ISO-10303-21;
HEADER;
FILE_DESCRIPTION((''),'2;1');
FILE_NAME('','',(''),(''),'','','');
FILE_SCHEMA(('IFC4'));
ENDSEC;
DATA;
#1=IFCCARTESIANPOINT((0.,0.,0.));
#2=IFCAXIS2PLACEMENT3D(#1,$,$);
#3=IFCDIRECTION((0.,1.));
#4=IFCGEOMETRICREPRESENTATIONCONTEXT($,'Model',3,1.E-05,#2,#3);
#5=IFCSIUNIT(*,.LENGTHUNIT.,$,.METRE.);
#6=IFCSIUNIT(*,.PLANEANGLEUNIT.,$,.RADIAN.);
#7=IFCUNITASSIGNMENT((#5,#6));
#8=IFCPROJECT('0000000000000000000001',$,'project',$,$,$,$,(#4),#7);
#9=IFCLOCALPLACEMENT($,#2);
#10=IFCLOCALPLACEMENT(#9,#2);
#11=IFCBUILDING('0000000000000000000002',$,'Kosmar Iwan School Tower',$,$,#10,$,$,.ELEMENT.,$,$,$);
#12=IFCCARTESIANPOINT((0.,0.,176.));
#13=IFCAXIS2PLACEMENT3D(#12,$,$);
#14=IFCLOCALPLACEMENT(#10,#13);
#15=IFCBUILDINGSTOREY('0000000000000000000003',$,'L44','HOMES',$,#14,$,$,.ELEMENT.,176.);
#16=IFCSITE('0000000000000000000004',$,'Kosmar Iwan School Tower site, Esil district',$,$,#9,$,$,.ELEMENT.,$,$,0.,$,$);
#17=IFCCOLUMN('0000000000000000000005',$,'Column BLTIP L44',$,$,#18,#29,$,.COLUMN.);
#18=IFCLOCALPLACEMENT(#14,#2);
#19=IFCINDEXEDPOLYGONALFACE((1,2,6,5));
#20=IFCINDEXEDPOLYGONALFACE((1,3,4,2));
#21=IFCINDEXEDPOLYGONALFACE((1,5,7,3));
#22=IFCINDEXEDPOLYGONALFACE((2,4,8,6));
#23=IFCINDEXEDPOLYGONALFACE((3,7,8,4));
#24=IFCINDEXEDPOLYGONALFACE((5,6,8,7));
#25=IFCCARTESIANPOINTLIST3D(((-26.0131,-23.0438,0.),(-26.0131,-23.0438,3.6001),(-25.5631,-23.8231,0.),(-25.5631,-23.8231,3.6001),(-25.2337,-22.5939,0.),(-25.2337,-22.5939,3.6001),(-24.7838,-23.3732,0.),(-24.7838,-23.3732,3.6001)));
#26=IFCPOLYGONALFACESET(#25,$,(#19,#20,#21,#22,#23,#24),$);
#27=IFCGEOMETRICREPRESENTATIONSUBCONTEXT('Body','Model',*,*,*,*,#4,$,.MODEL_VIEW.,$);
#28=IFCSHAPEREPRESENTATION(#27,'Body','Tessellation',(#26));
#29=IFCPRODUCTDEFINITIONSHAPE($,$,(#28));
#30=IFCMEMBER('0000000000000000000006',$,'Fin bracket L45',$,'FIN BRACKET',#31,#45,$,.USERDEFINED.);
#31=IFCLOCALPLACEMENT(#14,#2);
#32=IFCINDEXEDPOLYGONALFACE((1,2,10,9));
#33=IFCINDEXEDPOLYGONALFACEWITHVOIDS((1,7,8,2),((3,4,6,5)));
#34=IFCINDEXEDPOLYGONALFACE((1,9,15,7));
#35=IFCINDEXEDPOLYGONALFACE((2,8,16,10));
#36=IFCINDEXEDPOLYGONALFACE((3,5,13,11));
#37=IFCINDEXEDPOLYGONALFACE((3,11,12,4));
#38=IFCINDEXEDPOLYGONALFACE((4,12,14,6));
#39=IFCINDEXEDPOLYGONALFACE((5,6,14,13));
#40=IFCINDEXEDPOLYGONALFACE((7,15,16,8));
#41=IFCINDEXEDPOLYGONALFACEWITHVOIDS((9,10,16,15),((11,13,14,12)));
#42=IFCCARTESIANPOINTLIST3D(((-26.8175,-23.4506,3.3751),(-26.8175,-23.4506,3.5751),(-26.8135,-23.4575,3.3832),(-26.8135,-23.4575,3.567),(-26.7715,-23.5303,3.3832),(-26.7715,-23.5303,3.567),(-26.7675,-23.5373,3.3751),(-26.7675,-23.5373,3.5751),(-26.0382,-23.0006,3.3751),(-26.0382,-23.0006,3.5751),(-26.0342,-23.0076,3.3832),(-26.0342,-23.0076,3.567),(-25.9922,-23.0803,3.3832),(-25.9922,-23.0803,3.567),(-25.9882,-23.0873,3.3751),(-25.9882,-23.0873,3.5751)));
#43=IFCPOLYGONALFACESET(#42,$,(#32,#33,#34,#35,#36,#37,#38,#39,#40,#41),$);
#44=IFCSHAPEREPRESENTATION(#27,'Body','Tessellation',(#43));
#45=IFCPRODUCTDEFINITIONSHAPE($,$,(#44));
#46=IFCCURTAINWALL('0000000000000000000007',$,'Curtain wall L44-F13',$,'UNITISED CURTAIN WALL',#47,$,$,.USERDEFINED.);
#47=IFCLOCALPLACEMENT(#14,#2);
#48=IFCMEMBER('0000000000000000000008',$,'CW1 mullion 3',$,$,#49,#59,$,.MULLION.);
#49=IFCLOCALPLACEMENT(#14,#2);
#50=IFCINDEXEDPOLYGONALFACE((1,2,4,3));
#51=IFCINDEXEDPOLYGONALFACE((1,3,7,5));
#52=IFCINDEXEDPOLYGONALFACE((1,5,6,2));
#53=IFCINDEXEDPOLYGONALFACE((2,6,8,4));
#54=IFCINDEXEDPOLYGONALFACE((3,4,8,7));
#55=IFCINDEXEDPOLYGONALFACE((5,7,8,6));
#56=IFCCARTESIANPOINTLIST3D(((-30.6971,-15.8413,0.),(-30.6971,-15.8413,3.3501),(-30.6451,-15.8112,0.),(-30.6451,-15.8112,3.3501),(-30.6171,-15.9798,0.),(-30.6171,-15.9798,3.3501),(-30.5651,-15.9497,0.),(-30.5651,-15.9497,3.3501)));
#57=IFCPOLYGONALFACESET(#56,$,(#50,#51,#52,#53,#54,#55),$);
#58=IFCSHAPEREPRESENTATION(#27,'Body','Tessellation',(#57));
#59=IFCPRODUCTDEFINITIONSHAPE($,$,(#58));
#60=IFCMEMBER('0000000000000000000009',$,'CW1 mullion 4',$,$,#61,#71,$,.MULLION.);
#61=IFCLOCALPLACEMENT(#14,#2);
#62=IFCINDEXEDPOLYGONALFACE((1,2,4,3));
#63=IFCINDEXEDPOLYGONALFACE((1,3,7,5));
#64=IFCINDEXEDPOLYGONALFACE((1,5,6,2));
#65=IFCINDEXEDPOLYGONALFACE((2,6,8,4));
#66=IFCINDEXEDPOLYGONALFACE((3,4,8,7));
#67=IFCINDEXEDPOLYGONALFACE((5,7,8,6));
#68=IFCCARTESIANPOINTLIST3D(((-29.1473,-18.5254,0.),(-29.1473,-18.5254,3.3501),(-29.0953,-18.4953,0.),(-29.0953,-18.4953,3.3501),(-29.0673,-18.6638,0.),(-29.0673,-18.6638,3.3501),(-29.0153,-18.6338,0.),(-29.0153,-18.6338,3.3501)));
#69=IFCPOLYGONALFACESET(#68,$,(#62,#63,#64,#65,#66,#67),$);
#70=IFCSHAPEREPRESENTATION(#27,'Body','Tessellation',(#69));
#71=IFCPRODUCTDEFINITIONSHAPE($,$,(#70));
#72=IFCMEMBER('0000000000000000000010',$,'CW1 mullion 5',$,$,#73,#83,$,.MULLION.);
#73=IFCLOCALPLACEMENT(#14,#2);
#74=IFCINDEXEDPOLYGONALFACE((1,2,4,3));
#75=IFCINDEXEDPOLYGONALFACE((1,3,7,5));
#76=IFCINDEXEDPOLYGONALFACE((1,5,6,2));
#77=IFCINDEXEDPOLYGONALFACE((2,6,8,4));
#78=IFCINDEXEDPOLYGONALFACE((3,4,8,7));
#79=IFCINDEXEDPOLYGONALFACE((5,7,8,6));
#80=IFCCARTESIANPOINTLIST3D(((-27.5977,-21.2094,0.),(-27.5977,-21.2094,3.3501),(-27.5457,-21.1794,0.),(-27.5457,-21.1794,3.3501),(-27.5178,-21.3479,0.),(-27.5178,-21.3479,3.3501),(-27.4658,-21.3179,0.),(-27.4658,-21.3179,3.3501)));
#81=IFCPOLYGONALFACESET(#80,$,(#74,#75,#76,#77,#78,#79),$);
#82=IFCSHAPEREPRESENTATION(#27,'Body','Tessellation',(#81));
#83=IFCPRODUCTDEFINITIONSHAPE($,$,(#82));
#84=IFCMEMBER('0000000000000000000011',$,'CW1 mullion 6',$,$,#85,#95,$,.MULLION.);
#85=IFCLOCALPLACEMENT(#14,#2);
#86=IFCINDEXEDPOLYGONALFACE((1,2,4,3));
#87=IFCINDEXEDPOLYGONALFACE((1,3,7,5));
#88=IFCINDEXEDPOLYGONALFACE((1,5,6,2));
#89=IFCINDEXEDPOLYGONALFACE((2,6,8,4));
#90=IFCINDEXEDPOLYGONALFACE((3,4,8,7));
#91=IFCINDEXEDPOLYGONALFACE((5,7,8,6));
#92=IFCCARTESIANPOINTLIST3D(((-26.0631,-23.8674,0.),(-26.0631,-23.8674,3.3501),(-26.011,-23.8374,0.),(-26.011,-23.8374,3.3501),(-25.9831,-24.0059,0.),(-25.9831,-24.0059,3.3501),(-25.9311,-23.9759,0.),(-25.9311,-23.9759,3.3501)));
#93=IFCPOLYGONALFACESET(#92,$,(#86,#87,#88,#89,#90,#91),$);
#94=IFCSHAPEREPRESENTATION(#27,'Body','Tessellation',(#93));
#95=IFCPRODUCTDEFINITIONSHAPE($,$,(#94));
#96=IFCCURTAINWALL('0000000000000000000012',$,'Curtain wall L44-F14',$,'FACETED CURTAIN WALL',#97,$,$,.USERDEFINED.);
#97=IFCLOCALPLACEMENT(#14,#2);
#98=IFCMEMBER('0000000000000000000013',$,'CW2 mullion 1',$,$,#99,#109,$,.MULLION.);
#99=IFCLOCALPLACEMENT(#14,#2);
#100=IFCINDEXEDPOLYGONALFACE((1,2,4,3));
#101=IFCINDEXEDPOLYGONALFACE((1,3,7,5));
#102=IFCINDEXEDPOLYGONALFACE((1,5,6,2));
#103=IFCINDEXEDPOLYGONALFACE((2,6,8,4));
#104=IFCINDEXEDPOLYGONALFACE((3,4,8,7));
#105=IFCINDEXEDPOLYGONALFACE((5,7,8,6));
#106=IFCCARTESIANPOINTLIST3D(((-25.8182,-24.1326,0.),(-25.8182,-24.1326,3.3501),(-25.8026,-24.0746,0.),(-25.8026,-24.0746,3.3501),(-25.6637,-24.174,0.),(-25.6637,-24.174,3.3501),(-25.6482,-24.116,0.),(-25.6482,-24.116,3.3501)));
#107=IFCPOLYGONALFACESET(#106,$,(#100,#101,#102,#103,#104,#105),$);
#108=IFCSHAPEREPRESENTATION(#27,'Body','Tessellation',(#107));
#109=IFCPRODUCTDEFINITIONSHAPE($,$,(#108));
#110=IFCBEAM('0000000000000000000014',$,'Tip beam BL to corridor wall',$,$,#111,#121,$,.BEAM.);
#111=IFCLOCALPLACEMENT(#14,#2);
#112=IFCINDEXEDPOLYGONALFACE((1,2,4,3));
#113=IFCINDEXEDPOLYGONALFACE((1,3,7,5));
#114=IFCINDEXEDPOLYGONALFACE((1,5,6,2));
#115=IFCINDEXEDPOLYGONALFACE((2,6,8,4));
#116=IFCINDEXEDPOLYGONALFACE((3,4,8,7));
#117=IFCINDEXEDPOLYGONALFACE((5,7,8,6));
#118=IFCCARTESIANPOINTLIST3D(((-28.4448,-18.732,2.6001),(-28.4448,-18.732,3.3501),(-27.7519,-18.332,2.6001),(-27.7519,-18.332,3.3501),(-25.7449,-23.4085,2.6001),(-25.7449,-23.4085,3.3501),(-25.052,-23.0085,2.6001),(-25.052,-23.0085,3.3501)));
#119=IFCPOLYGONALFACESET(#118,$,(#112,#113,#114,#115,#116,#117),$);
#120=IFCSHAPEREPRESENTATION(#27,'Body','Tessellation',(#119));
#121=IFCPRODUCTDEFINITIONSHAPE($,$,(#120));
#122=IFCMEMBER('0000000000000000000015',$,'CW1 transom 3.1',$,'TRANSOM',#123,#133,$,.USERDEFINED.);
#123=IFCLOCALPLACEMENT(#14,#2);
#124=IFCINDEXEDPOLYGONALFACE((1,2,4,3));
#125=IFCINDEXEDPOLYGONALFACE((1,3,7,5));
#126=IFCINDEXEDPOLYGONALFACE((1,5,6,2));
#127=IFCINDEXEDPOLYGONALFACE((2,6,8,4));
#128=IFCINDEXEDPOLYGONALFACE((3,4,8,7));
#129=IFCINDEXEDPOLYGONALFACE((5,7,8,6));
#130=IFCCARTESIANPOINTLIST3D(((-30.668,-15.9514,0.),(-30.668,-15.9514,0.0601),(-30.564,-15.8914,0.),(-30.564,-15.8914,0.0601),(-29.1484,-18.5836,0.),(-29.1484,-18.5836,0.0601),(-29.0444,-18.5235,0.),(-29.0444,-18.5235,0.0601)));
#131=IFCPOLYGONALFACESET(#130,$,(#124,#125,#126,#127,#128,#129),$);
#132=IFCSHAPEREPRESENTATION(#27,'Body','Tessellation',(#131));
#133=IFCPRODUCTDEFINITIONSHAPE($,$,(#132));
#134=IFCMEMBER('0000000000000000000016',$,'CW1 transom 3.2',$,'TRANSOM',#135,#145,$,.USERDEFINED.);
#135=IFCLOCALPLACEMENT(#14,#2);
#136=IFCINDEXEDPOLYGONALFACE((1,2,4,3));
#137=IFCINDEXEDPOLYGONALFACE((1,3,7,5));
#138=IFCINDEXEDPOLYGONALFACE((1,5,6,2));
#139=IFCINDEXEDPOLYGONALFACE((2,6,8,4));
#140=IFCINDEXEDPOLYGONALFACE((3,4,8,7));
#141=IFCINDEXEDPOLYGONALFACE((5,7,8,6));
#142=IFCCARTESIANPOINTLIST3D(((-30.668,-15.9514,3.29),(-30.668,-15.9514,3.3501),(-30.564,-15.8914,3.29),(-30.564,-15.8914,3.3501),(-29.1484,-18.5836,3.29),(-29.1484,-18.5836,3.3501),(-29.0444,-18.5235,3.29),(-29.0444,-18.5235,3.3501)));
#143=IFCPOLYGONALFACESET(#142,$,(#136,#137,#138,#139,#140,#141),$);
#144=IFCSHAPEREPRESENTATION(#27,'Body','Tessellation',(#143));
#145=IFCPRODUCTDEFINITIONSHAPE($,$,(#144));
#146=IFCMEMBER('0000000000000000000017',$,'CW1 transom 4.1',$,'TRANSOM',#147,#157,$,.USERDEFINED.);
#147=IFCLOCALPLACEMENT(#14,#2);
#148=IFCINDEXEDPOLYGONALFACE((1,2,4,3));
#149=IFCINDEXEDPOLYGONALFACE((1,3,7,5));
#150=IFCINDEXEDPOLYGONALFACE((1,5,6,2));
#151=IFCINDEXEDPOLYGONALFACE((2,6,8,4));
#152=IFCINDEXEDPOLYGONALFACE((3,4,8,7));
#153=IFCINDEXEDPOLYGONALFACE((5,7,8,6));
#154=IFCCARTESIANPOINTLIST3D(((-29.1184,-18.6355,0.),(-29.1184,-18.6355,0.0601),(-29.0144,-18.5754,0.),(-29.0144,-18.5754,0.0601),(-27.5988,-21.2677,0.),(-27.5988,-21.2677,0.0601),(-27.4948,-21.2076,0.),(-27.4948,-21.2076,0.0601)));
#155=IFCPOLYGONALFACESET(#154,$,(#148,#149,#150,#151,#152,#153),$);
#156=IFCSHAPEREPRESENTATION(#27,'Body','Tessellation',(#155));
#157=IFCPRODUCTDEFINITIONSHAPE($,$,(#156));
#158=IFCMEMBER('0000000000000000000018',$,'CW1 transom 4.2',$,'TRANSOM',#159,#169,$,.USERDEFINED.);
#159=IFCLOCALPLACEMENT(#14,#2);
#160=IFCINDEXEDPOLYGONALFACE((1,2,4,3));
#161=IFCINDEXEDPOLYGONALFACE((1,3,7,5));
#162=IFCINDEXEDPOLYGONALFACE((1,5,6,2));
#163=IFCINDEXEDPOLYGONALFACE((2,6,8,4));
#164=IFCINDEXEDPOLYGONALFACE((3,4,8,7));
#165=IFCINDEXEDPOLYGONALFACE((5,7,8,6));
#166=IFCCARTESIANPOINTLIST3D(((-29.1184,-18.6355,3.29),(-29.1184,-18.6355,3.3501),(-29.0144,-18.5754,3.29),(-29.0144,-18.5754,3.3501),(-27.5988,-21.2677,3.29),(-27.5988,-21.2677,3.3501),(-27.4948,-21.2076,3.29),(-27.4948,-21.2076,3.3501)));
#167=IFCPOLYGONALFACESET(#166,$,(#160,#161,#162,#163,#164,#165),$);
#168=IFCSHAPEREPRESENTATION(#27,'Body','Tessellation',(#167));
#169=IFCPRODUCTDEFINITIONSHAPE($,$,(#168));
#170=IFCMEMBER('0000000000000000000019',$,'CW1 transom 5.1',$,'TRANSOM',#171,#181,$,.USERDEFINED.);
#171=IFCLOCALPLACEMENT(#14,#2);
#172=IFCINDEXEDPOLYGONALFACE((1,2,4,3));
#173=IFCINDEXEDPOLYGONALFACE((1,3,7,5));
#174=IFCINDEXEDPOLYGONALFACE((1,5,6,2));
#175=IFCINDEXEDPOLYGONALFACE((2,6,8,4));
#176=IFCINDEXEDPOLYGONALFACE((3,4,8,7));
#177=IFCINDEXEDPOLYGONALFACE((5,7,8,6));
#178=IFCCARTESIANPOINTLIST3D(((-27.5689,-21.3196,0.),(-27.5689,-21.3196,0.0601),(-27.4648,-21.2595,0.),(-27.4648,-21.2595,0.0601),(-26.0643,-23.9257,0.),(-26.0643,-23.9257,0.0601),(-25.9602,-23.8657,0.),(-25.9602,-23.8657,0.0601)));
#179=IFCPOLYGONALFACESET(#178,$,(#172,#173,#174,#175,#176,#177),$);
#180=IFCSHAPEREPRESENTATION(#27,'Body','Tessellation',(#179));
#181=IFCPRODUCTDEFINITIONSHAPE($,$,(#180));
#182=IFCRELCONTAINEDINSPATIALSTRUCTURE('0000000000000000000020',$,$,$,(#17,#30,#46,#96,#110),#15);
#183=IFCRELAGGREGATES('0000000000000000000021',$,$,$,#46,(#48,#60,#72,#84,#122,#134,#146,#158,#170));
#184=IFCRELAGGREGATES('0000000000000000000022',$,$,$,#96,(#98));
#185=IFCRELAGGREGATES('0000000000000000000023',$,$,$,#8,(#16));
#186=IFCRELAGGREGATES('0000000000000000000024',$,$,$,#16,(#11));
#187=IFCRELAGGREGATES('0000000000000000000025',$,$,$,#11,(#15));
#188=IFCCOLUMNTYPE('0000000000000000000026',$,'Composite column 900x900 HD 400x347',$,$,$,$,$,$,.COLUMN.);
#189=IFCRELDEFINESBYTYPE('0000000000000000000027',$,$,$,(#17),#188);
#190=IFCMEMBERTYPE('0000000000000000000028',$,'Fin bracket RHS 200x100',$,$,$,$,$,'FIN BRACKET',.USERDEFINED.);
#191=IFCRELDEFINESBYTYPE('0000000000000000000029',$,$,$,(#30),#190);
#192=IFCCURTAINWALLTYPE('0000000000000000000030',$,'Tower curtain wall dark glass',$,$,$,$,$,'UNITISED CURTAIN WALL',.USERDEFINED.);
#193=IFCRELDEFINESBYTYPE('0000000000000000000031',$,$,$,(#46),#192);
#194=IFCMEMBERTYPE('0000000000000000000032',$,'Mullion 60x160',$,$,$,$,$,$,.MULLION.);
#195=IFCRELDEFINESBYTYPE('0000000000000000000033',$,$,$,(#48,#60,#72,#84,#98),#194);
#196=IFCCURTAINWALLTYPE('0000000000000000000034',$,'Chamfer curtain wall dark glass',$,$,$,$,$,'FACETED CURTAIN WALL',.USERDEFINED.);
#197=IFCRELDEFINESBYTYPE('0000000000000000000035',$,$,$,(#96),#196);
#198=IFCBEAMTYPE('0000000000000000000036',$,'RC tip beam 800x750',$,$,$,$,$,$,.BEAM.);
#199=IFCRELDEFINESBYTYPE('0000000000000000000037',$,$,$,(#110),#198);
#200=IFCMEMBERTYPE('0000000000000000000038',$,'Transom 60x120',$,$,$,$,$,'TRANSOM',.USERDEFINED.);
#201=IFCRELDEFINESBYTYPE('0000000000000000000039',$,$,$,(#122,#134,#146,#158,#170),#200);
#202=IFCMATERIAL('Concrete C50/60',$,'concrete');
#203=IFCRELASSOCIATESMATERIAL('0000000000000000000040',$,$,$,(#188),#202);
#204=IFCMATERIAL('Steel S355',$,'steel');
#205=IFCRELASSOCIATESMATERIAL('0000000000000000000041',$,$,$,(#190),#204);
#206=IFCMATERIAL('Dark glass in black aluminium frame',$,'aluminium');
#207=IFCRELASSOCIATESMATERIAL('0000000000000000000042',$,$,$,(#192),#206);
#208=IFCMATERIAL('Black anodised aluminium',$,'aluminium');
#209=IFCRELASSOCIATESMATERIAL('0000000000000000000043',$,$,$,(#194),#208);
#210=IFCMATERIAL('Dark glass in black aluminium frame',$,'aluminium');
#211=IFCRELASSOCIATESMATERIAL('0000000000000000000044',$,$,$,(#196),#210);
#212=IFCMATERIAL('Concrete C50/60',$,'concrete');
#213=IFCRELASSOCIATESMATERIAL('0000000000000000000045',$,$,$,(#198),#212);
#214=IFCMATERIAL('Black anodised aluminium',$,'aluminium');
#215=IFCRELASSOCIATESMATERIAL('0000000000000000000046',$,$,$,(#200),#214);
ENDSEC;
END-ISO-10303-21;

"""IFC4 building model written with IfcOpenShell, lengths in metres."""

from ifc_helpers import new_model, si_unit, direction, frame, origin, origin_2d, place, context, subcontext, project, spatial, rectangle, hollow_rectangle, extrude, material, material_profile, profile_set, type_object, element, aggregate, save


model = new_model("IFC4")

# Units and contexts
model_context = context("Model", 3, precision=1e-05, world=origin(), true_north=direction((0.0, 1.0)))
body_context = subcontext(model_context, "Body", "Model", "MODEL_VIEW")
ifc_project = project(units=[si_unit("LENGTHUNIT", "METRE"), si_unit("PLANEANGLEUNIT", "RADIAN")], contexts=[model_context])

# Site, building, storey
site_placement = place(None, origin())
site = spatial("IfcSite", under=ifc_project, at=site_placement, Name="Kosmar Iwan School Tower site, Esil district", CompositionType="ELEMENT", RefElevation=0.0)
building_placement = place(site_placement, origin())
building = spatial("IfcBuilding", under=site, at=building_placement, Name="Kosmar Iwan School Tower", CompositionType="ELEMENT")
storey_placement = place(building_placement, frame((0.0, 0.0, 176.0)))
storey = spatial("IfcBuildingStorey", under=building, at=storey_placement, Name="L44", Description="HOMES", CompositionType="ELEMENT", Elevation=176.0)

# Column
ifc_material_1 = material(Name="Concrete C50/60", Category="concrete")
ifc_material_profile_1 = material_profile(ifc_material_1, rectangle(XDim=0.8999, YDim=0.8999, at=origin_2d()), Name="RC 900x900 + HD 400x347")
ifc_profile_set_1 = profile_set([ifc_material_profile_1], Name="Concrete C50/60")
column_type = type_object("IfcColumnType", Name="Composite column 900x900 HD 400x347", PredefinedType="COLUMN", material=ifc_profile_set_1)
column_placement = place(storey_placement, frame((-25.3984, -23.2085, 0.0), z_axis=(0.0, 0.0, 1.0), x_axis=(-0.866025, -0.5, 0.0)))
element("IfcColumn", 1, at=column_placement, inside=storey, type_object=column_type, Name="Column BLTIP L44", PredefinedType="COLUMN", context=body_context, shape_type="SweptSolid", body=[
    extrude(rectangle(XDim=0.8999, YDim=0.8999, at=origin_2d()), origin(), (0.0, 0.0, 1.0), 3.6001),
])

# Member
ifc_material_2 = material(Name="Steel S355", Category="steel")
ifc_material_profile_2 = material_profile(ifc_material_2, hollow_rectangle(XDim=0.1001, YDim=0.2, WallThickness=0.0081, at=origin_2d()), Name="RHS 200x100x8")
ifc_profile_set_2 = profile_set([ifc_material_profile_2], Name="Steel S355")
member_type_1 = type_object("IfcMemberType", Name="Fin bracket RHS 200x100", ElementType="FIN BRACKET", PredefinedType="USERDEFINED", material=ifc_profile_set_2)
member_1_placement = place(storey_placement, frame((-26.0132, -23.0439, 3.4751), z_axis=(-0.866014, -0.50002, 0.0), x_axis=(0.50002, -0.866014, 0.0)))
element("IfcMember", 2, at=member_1_placement, inside=storey, type_object=member_type_1, Name="Fin bracket L45", ObjectType="FIN BRACKET", PredefinedType="USERDEFINED", context=body_context, shape_type="SweptSolid", body=[
    extrude(hollow_rectangle(XDim=0.1001, YDim=0.2, WallThickness=0.0081, at=origin_2d()), origin(), (0.0, 0.0, 1.0), 0.8999),
])

# Curtain wall, members
ifc_material_3 = material(Name="Dark glass in black aluminium frame", Category="aluminium")
curtain_wall_type_1 = type_object("IfcCurtainWallType", Name="Tower curtain wall dark glass", ElementType="UNITISED CURTAIN WALL", PredefinedType="USERDEFINED", material=ifc_material_3)
curtain_wall_1_placement = place(storey_placement, origin())
curtain_wall_1 = element("IfcCurtainWall", 3, at=curtain_wall_1_placement, inside=storey, type_object=curtain_wall_type_1, Name="Curtain wall L44-F13", ObjectType="UNITISED CURTAIN WALL", PredefinedType="USERDEFINED")
ifc_material_4 = material(Name="Black anodised aluminium", Category="aluminium")
ifc_material_profile_3 = material_profile(ifc_material_4, rectangle(XDim=0.0601, YDim=0.1599, at=origin_2d()), Name="MULLION 60x160")
ifc_profile_set_3 = profile_set([ifc_material_profile_3], Name="Black anodised aluminium")
member_type_2 = type_object("IfcMemberType", Name="Mullion 60x160", PredefinedType="MULLION", material=ifc_profile_set_3)
member_2_placement = place(storey_placement, frame((-30.6311, -15.8955, 0.0), z_axis=(0.0, 0.0, 1.0), x_axis=(0.866025, 0.5, 0.0)))
member_2 = element("IfcMember", 4, at=member_2_placement, type_object=member_type_2, Name="CW1 mullion 3", PredefinedType="MULLION", context=body_context, shape_type="SweptSolid", body=[
    extrude(rectangle(XDim=0.0601, YDim=0.1599, at=origin_2d()), origin(), (0.0, 0.0, 1.0), 3.3501),
])
member_3_placement = place(storey_placement, frame((-29.0813, -18.5796, 0.0), z_axis=(0.0, 0.0, 1.0), x_axis=(0.866025, 0.5, 0.0)))
member_3 = element("IfcMember", 5, at=member_3_placement, type_object=member_type_2, Name="CW1 mullion 4", PredefinedType="MULLION", context=body_context, shape_type="SweptSolid", body=[
    extrude(rectangle(XDim=0.0601, YDim=0.1599, at=origin_2d()), origin(), (0.0, 0.0, 1.0), 3.3501),
])
member_4_placement = place(storey_placement, frame((-27.5317, -21.2637, 0.0), z_axis=(0.0, 0.0, 1.0), x_axis=(0.866025, 0.5, 0.0)))
member_4 = element("IfcMember", 6, at=member_4_placement, type_object=member_type_2, Name="CW1 mullion 5", PredefinedType="MULLION", context=body_context, shape_type="SweptSolid", body=[
    extrude(rectangle(XDim=0.0601, YDim=0.1599, at=origin_2d()), origin(), (0.0, 0.0, 1.0), 3.3501),
])
member_5_placement = place(storey_placement, frame((-25.9971, -23.9216, 0.0), z_axis=(0.0, 0.0, 1.0), x_axis=(0.866025, 0.5, 0.0)))
member_5 = element("IfcMember", 7, at=member_5_placement, type_object=member_type_2, Name="CW1 mullion 6", PredefinedType="MULLION", context=body_context, shape_type="SweptSolid", body=[
    extrude(rectangle(XDim=0.0601, YDim=0.1599, at=origin_2d()), origin(), (0.0, 0.0, 1.0), 3.3501),
])

# Curtain wall, member
ifc_material_5 = material(Name="Dark glass in black aluminium frame", Category="aluminium")
curtain_wall_type_2 = type_object("IfcCurtainWallType", Name="Chamfer curtain wall dark glass", ElementType="FACETED CURTAIN WALL", PredefinedType="USERDEFINED", material=ifc_material_5)
curtain_wall_2_placement = place(storey_placement, origin())
curtain_wall_2 = element("IfcCurtainWall", 8, at=curtain_wall_2_placement, inside=storey, type_object=curtain_wall_type_2, Name="Curtain wall L44-F14", ObjectType="FACETED CURTAIN WALL", PredefinedType="USERDEFINED")
member_6_placement = place(storey_placement, frame((-25.7332, -24.1243, 0.0), z_axis=(0.0, 0.0, 1.0), x_axis=(0.258819, 0.965926, 0.0)))
member_6 = element("IfcMember", 9, at=member_6_placement, type_object=member_type_2, Name="CW2 mullion 1", PredefinedType="MULLION", context=body_context, shape_type="SweptSolid", body=[
    extrude(rectangle(XDim=0.0601, YDim=0.1599, at=origin_2d()), origin(), (0.0, 0.0, 1.0), 3.3501),
])

# Beam
ifc_material_6 = material(Name="Concrete C50/60", Category="concrete")
ifc_material_profile_4 = material_profile(ifc_material_6, rectangle(XDim=0.8, YDim=0.75, at=origin_2d()), Name="RC 800x750")
ifc_profile_set_4 = profile_set([ifc_material_profile_4], Name="Concrete C50/60")
beam_type = type_object("IfcBeamType", Name="RC tip beam 800x750", PredefinedType="BEAM", material=ifc_profile_set_4)
beam_placement = place(storey_placement, frame((-25.3984, -23.2085, 2.9751), z_axis=(-0.499995, 0.866028, 0.0), x_axis=(-0.866028, -0.499995, 0.0)))
element("IfcBeam", 10, at=beam_placement, inside=storey, type_object=beam_type, Name="Tip beam BL to corridor wall", PredefinedType="BEAM", context=body_context, shape_type="SweptSolid", body=[
    extrude(rectangle(XDim=0.8, YDim=0.75, at=origin_2d()), origin(), (0.0, 0.0, 1.0), 5.3999),
])

# Members
ifc_material_7 = material(Name="Black anodised aluminium", Category="aluminium")
ifc_material_profile_5 = material_profile(ifc_material_7, rectangle(XDim=0.1201, YDim=0.0601, at=origin_2d()), Name="TRANSOM 60x120")
ifc_profile_set_5 = profile_set([ifc_material_profile_5], Name="Black anodised aluminium")
member_type_3 = type_object("IfcMemberType", Name="Transom 60x120", ElementType="TRANSOM", PredefinedType="USERDEFINED", material=ifc_profile_set_5)
member_7_placement = place(storey_placement, frame((-30.616, -15.9214, 0.03), z_axis=(0.499975, -0.86604, 0.0), x_axis=(0.86604, 0.499975, 0.0)))
member_7 = element("IfcMember", 11, at=member_7_placement, type_object=member_type_3, Name="CW1 transom 3.1", ObjectType="TRANSOM", PredefinedType="USERDEFINED", context=body_context, shape_type="SweptSolid", body=[
    extrude(rectangle(XDim=0.1201, YDim=0.0601, at=origin_2d()), origin(), (0.0, 0.0, 1.0), 3.0393),
])
member_8_placement = place(storey_placement, frame((-30.616, -15.9214, 3.3201), z_axis=(0.499975, -0.86604, 0.0), x_axis=(0.86604, 0.499975, 0.0)))
member_8 = element("IfcMember", 12, at=member_8_placement, type_object=member_type_3, Name="CW1 transom 3.2", ObjectType="TRANSOM", PredefinedType="USERDEFINED", context=body_context, shape_type="SweptSolid", body=[
    extrude(rectangle(XDim=0.1201, YDim=0.0601, at=origin_2d()), origin(), (0.0, 0.0, 1.0), 3.0393),
])
member_9_placement = place(storey_placement, frame((-29.0664, -18.6055, 0.03), z_axis=(0.499975, -0.86604, 0.0), x_axis=(0.86604, 0.499975, 0.0)))
member_9 = element("IfcMember", 13, at=member_9_placement, type_object=member_type_3, Name="CW1 transom 4.1", ObjectType="TRANSOM", PredefinedType="USERDEFINED", context=body_context, shape_type="SweptSolid", body=[
    extrude(rectangle(XDim=0.1201, YDim=0.0601, at=origin_2d()), origin(), (0.0, 0.0, 1.0), 3.0393),
])
member_10_placement = place(storey_placement, frame((-29.0664, -18.6055, 3.3201), z_axis=(0.499975, -0.86604, 0.0), x_axis=(0.86604, 0.499975, 0.0)))
member_10 = element("IfcMember", 14, at=member_10_placement, type_object=member_type_3, Name="CW1 transom 4.2", ObjectType="TRANSOM", PredefinedType="USERDEFINED", context=body_context, shape_type="SweptSolid", body=[
    extrude(rectangle(XDim=0.1201, YDim=0.0601, at=origin_2d()), origin(), (0.0, 0.0, 1.0), 3.0393),
])
member_11_placement = place(storey_placement, frame((-27.5168, -21.2896, 0.03), z_axis=(0.499987, -0.866033, 0.0), x_axis=(0.866033, 0.499987, 0.0)))
member_11 = element("IfcMember", 15, at=member_11_placement, type_object=member_type_3, Name="CW1 transom 5.1", ObjectType="TRANSOM", PredefinedType="USERDEFINED", context=body_context, shape_type="SweptSolid", body=[
    extrude(rectangle(XDim=0.1201, YDim=0.0601, at=origin_2d()), origin(), (0.0, 0.0, 1.0), 3.0093),
])

aggregate(curtain_wall_1, [member_2, member_3, member_4, member_5, member_7, member_8, member_9, member_10, member_11])
aggregate(curtain_wall_2, [member_6])

save(model, "model.ifc")
